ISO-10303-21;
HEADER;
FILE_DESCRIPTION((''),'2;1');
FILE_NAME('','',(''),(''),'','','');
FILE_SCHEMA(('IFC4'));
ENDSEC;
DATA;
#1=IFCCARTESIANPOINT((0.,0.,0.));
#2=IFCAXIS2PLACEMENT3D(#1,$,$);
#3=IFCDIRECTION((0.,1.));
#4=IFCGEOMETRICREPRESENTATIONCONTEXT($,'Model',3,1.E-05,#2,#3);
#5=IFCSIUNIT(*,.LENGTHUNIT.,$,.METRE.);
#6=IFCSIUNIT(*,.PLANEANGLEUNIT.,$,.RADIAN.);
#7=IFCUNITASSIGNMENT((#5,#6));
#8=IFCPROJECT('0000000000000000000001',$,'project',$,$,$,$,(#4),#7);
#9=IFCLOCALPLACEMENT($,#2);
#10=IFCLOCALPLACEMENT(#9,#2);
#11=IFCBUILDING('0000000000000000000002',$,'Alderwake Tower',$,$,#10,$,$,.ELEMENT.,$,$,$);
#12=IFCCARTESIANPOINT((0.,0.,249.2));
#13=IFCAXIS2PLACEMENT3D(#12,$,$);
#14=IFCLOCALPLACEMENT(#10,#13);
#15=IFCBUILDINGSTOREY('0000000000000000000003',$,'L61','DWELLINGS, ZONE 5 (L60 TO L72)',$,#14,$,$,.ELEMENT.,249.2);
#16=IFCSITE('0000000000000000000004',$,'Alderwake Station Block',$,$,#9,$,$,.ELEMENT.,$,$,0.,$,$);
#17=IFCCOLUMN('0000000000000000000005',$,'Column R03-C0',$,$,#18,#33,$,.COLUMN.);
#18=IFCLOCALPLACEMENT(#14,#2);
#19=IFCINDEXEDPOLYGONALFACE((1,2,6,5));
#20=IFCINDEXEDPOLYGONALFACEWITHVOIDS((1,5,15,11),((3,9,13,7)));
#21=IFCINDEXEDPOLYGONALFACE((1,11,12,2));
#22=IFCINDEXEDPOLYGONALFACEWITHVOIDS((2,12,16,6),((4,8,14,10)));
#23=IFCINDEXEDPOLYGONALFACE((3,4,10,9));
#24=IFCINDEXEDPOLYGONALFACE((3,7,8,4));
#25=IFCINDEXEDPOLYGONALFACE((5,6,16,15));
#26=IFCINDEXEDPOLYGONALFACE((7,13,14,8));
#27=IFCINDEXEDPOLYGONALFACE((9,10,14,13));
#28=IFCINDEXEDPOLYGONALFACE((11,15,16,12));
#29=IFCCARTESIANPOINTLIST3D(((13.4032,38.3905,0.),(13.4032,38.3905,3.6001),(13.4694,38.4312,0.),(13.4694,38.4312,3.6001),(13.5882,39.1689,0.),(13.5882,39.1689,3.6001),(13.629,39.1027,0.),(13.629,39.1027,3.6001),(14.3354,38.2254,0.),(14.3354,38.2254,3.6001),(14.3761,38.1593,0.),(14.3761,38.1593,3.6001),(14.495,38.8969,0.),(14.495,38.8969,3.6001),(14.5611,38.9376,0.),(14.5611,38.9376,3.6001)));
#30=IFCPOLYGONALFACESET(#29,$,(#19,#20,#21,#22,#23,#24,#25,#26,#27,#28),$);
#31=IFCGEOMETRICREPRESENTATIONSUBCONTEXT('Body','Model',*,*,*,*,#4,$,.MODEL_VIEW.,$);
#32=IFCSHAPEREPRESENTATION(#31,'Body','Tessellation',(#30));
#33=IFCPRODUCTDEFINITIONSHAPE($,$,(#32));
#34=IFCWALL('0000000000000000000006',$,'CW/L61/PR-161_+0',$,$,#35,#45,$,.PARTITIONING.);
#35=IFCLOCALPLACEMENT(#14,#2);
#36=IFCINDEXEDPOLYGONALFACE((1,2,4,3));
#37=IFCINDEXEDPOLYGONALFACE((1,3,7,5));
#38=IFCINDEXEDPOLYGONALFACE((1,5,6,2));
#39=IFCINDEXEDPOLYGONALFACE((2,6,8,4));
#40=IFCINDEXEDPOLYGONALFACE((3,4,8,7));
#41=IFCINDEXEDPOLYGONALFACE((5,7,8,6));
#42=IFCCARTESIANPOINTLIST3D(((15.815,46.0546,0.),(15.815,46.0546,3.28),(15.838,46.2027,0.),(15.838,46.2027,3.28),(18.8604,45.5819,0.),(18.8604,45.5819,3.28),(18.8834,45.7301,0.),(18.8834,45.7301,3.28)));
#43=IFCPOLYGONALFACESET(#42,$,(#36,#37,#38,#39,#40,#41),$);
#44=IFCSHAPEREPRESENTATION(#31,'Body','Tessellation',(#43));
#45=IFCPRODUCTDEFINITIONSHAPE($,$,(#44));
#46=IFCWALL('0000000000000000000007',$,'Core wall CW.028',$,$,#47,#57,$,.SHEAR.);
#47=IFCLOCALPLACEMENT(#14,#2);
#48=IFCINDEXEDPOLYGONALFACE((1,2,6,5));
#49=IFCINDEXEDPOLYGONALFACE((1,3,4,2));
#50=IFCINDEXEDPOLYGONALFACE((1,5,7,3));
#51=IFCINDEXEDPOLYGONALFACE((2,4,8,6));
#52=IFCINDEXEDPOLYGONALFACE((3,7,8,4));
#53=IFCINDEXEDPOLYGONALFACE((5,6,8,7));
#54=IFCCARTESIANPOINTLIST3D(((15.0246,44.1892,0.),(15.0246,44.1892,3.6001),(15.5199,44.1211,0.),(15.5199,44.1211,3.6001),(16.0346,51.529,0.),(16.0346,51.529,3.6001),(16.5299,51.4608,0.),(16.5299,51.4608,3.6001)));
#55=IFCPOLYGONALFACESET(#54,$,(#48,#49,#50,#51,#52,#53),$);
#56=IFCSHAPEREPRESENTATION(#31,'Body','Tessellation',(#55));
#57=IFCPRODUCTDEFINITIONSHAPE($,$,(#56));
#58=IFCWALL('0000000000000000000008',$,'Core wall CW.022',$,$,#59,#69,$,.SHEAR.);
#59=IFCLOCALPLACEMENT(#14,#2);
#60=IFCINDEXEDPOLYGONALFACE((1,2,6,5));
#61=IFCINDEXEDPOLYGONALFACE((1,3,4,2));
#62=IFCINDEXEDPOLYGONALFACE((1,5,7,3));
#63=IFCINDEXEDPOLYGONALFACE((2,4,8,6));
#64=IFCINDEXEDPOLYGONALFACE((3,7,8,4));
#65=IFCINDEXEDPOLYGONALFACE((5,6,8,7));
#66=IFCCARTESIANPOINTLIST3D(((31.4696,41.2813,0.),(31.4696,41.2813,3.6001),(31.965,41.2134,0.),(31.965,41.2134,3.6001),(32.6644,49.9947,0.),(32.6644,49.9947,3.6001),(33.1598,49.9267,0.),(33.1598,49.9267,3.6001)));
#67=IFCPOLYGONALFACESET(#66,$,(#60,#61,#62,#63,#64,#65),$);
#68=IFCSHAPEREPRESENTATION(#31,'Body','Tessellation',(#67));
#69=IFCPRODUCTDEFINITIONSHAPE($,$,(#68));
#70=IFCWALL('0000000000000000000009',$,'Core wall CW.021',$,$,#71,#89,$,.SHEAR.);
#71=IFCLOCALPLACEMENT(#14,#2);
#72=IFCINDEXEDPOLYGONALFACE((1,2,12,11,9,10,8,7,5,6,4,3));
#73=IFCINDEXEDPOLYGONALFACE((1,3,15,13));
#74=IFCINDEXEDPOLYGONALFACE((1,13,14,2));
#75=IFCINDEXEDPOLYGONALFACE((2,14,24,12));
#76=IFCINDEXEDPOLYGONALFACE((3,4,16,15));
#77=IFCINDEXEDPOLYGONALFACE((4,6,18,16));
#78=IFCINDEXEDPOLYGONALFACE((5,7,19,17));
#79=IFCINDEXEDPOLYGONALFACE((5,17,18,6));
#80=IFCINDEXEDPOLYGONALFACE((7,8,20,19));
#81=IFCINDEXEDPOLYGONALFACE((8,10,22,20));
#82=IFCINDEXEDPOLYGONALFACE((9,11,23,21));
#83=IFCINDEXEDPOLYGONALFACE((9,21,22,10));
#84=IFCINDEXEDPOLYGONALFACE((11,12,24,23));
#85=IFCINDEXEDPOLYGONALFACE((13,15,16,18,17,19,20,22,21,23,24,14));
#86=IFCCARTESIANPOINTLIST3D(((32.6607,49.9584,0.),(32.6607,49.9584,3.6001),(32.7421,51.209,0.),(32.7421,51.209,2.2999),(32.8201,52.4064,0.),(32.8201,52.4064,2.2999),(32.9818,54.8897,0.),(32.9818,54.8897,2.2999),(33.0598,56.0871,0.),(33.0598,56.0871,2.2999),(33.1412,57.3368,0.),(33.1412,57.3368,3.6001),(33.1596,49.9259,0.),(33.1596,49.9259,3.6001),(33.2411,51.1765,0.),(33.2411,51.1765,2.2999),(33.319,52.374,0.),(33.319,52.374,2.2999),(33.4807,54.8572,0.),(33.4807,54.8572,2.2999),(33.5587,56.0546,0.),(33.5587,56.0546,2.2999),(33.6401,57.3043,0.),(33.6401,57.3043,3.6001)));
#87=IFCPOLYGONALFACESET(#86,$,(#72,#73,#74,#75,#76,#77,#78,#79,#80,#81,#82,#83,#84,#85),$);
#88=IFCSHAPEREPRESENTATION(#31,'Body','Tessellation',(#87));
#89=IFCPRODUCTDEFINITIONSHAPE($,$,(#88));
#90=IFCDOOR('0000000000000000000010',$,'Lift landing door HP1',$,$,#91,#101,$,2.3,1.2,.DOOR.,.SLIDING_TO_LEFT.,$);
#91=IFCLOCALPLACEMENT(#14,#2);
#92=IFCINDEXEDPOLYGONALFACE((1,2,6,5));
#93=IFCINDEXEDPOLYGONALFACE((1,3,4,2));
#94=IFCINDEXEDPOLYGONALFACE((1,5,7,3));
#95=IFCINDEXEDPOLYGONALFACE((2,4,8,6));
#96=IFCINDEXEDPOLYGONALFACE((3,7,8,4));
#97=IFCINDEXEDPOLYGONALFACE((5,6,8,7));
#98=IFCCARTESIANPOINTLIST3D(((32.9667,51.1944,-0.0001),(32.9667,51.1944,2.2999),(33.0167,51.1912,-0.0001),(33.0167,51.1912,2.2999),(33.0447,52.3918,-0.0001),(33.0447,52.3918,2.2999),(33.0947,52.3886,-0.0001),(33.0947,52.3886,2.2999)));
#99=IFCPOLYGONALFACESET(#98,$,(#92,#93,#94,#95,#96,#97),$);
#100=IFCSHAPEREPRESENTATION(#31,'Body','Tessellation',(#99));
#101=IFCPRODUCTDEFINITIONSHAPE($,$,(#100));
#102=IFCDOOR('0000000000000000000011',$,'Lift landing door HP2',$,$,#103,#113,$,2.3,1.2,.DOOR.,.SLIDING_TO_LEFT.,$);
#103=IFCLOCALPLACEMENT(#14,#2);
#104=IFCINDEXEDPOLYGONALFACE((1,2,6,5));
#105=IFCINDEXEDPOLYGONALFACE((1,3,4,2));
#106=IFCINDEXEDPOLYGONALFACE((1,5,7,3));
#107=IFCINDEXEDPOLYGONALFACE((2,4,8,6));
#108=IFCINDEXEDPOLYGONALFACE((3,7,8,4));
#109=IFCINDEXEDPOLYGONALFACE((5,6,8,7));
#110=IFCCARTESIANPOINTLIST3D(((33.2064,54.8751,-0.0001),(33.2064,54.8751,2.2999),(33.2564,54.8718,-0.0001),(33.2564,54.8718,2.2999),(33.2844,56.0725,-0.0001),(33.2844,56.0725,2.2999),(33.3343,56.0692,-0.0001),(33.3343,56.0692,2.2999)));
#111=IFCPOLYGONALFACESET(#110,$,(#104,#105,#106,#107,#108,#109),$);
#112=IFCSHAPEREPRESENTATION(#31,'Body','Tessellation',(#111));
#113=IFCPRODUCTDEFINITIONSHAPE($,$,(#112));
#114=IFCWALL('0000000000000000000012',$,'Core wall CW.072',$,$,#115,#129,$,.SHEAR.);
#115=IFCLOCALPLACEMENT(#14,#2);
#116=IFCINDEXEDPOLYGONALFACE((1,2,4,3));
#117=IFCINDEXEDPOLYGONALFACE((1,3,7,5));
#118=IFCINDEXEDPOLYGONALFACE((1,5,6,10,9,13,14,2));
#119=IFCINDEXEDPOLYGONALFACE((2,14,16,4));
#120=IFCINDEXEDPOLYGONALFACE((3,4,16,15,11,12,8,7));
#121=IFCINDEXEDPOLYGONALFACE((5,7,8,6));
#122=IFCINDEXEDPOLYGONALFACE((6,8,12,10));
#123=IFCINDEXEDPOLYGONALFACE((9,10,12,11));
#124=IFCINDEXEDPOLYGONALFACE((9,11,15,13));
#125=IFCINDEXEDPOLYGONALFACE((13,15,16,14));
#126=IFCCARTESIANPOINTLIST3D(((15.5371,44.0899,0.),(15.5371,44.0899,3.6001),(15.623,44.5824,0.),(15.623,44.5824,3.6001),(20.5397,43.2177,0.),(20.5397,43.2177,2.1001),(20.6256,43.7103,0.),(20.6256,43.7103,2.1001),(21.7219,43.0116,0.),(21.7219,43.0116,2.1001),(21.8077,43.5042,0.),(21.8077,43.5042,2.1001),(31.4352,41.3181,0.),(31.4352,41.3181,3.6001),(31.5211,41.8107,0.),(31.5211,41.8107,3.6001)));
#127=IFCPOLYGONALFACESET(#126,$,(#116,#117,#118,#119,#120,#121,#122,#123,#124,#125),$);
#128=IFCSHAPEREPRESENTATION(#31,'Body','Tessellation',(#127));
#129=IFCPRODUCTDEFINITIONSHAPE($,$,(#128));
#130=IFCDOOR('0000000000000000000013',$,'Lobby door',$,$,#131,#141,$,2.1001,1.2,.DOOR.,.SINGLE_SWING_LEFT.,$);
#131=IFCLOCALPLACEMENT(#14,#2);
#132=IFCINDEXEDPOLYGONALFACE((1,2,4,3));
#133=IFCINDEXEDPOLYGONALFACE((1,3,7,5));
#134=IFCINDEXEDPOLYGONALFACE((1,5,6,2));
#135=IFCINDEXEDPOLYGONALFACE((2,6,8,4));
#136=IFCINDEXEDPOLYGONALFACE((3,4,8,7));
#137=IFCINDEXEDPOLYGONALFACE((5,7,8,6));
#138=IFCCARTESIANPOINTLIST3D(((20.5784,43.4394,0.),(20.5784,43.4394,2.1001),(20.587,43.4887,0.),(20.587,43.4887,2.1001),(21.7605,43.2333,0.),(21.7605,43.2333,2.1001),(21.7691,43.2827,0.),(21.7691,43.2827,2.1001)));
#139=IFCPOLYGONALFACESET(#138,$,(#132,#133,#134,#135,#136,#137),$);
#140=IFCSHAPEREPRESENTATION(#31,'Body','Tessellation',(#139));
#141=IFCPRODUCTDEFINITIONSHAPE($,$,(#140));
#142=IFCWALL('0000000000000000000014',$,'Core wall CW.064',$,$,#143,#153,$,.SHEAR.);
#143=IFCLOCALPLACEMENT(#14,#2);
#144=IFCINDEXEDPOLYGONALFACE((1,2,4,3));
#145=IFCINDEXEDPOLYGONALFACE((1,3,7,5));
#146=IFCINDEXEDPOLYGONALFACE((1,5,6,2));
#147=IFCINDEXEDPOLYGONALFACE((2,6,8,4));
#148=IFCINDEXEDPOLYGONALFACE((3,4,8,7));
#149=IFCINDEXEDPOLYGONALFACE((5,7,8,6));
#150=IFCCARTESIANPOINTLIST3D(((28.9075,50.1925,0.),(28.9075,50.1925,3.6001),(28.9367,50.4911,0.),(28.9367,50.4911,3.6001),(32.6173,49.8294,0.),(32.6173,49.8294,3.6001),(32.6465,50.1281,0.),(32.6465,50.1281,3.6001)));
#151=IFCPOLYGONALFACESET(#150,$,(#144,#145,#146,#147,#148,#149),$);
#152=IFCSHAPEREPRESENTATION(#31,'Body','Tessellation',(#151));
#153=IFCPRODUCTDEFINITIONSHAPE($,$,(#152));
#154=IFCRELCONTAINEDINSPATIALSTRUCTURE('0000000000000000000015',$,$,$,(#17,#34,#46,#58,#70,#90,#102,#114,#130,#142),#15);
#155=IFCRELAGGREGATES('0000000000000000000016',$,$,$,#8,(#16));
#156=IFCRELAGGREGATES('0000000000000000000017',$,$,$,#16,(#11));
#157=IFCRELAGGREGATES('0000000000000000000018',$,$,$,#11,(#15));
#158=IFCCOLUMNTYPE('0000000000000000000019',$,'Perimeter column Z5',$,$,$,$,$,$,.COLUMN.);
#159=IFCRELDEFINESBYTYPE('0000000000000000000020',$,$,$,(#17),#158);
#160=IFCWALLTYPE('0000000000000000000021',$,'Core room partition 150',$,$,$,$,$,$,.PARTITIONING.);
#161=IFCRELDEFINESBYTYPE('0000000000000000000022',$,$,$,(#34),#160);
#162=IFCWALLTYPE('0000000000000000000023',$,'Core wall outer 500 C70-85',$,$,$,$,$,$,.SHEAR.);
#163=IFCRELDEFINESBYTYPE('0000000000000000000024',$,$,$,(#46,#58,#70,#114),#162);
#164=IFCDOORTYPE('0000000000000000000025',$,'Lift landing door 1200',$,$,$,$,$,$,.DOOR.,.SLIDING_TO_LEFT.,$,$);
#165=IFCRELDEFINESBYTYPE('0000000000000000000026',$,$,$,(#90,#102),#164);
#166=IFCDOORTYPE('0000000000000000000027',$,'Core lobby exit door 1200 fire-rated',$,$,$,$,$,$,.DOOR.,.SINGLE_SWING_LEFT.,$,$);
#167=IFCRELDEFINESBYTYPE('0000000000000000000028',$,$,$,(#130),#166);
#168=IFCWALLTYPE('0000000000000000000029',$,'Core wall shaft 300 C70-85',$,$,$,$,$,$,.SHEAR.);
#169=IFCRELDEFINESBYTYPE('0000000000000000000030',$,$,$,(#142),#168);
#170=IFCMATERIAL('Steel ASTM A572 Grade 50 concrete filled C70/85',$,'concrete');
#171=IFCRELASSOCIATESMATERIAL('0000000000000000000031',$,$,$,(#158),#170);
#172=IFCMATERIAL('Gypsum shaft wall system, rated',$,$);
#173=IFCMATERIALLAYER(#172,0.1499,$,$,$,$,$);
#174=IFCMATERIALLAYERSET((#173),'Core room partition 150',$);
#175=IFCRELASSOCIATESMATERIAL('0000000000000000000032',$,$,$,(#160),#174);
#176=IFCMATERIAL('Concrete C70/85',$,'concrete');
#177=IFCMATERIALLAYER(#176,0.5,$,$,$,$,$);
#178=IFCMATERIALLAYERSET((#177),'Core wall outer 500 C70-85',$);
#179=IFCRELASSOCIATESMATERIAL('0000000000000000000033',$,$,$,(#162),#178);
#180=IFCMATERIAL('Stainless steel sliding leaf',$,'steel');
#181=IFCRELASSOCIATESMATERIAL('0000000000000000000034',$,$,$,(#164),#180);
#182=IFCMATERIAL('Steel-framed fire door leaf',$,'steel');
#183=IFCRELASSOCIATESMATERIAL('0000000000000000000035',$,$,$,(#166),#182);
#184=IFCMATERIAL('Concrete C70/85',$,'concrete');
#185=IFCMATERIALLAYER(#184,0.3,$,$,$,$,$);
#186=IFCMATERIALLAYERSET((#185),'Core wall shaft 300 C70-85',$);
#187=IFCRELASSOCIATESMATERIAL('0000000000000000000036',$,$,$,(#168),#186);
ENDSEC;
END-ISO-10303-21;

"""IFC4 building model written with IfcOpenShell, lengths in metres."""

from ifc_helpers import new_model, si_unit, direction, frame, frame_2d, origin, origin_2d, place, context, subcontext, project, spatial, rectangle, hollow_rectangle, extrude, material, layer, layer_set, material_profile, profile_set, type_object, element, fill, save


model = new_model("IFC4")

# Units and contexts
model_context = context("Model", 3, precision=1e-05, world=origin(), true_north=direction((0.0, 1.0)))
body_context = subcontext(model_context, "Body", "Model", "MODEL_VIEW")
ifc_project = project(units=[si_unit("LENGTHUNIT", "METRE"), si_unit("PLANEANGLEUNIT", "RADIAN")], contexts=[model_context])

# Site, building, storey
site_placement = place(None, origin())
site = spatial("IfcSite", under=ifc_project, at=site_placement, Name="Alderwake Station Block", CompositionType="ELEMENT", RefElevation=0.0)
building_placement = place(site_placement, origin())
building = spatial("IfcBuilding", under=site, at=building_placement, Name="Alderwake Tower", CompositionType="ELEMENT")
storey_placement = place(building_placement, frame((0.0, 0.0, 249.2)))
storey = spatial("IfcBuildingStorey", under=building, at=storey_placement, Name="L61", Description="DWELLINGS, ZONE 5 (L60 TO L72)", CompositionType="ELEMENT", Elevation=249.2)

# Column
ifc_material_1 = material(Name="Steel ASTM A572 Grade 50 concrete filled C70/85", Category="concrete")
ifc_material_profile = material_profile(ifc_material_1, hollow_rectangle(XDim=0.8, YDim=1.0, WallThickness=0.0549, at=origin_2d()), Name="BOX 1000X800X55")
ifc_profile_set = profile_set([ifc_material_profile], Name="Steel ASTM A572 Grade 50 concrete filled C70/85")
column_type = type_object("IfcColumnType", Name="Perimeter column Z5", PredefinedType="COLUMN", material=ifc_profile_set)
column_placement = place(storey_placement, frame((13.9822, 38.6641, 0.0), z_axis=(0.0, 0.0, 1.0), x_axis=(0.231222, 0.972901, 0.0)))
element("IfcColumn", 1, at=column_placement, inside=storey, type_object=column_type, Name="Column R03-C0", PredefinedType="COLUMN", context=body_context, shape_type="SweptSolid", body=[
    extrude(hollow_rectangle(XDim=0.8, YDim=1.0, WallThickness=0.0549, at=origin_2d()), origin(), (0.0, 0.0, 1.0), 3.6001),
])

# Walls
ifc_material_2 = material(Name="Gypsum shaft wall system, rated")
ifc_layer_1 = layer(ifc_material_2, 0.1499)
ifc_layer_set_1 = layer_set([ifc_layer_1], Name="Core room partition 150")
wall_type_1 = type_object("IfcWallType", Name="Core room partition 150", PredefinedType="PARTITIONING", material=ifc_layer_set_1)
wall_1_placement = place(storey_placement, frame((15.8264, 46.1287, 0.0), z_axis=(0.0, 0.0, 1.0), x_axis=(0.988169, -0.153367, 0.0)))
element("IfcWall", 2, at=wall_1_placement, inside=storey, type_object=wall_type_1, Name="CW/L61/PR-161_+0", PredefinedType="PARTITIONING", context=body_context, shape_type="SweptSolid", body=[
    extrude(rectangle(XDim=3.0818, YDim=0.1499, at=frame_2d((1.541, 0.0))), origin(), (0.0, 0.0, 1.0), 3.28),
])
ifc_material_3 = material(Name="Concrete C70/85", Category="concrete")
ifc_layer_2 = layer(ifc_material_3, 0.5)
ifc_layer_set_2 = layer_set([ifc_layer_2], Name="Core wall outer 500 C70-85")
wall_type_2 = type_object("IfcWallType", Name="Core wall outer 500 C70-85", PredefinedType="SHEAR", material=ifc_layer_set_2)
wall_2_placement = place(storey_placement, frame((15.2722, 44.155, 0.0), z_axis=(0.0, 0.0, 1.0), x_axis=(0.136322, 0.990665, 0.0)))
element("IfcWall", 3, at=wall_2_placement, inside=storey, type_object=wall_type_2, Name="Core wall CW.028", PredefinedType="SHEAR", context=body_context, shape_type="SweptSolid", body=[
    extrude(rectangle(XDim=7.4089, YDim=0.5, at=frame_2d((3.7046, 0.0))), origin(), (0.0, 0.0, 1.0), 3.6001),
])
wall_3_placement = place(storey_placement, frame((31.7173, 41.2473, 0.0), z_axis=(0.0, 0.0, 1.0), x_axis=(0.135854, 0.990729, 0.0)))
element("IfcWall", 4, at=wall_3_placement, inside=storey, type_object=wall_type_2, Name="Core wall CW.022", PredefinedType="SHEAR", context=body_context, shape_type="SweptSolid", body=[
    extrude(rectangle(XDim=8.7949, YDim=0.5, at=frame_2d((4.3975, 0.0))), origin(), (0.0, 0.0, 1.0), 3.6001),
])

# Wall, openings, doors
wall_4_placement = place(storey_placement, frame((32.9102, 49.9421, 0.0), z_axis=(0.0, 0.0, 1.0), x_axis=(0.064981, 0.997887, 0.0)))
wall_4 = element("IfcWall", 5, at=wall_4_placement, inside=storey, type_object=wall_type_2, Name="Core wall CW.021", PredefinedType="SHEAR", context=body_context, shape_type="SweptSolid", body=[
    extrude(rectangle(XDim=7.394, YDim=0.5, at=frame_2d((3.697, 0.0))), origin(), (0.0, 0.0, 1.0), 3.6001),
])
opening_1_placement = place(wall_4_placement, frame((1.2532, 0.0, 0.0)))
opening_1 = element("IfcOpeningElement", 6, at=opening_1_placement, cuts=wall_4, PredefinedType="OPENING", context=body_context, shape_type="SweptSolid", body=[
    extrude(rectangle(XDim=1.2, YDim=2.3, at=frame_2d((0.6001, 1.1499))), frame((0.0, 0.26, 0.0), z_axis=(0.0, -1.0, 0.0), x_axis=(1.0, 0.0, 0.0)), (0.0, 0.0, 1.0), 0.52),
])
opening_2_placement = place(wall_4_placement, frame((4.9417, 0.0, 0.0)))
opening_2 = element("IfcOpeningElement", 7, at=opening_2_placement, cuts=wall_4, PredefinedType="OPENING", context=body_context, shape_type="SweptSolid", body=[
    extrude(rectangle(XDim=1.2, YDim=2.3, at=frame_2d((0.6001, 1.1499))), frame((0.0, 0.26, 0.0), z_axis=(0.0, -1.0, 0.0), x_axis=(1.0, 0.0, 0.0)), (0.0, 0.0, 1.0), 0.52),
])
ifc_material_4 = material(Name="Stainless steel sliding leaf", Category="steel")
door_type_1 = type_object("IfcDoorType", Name="Lift landing door 1200", OperationType="SLIDING_TO_LEFT", PredefinedType="DOOR", material=ifc_material_4)
door_1_placement = place(opening_1_placement, origin())
door_1 = element("IfcDoor", 8, at=door_1_placement, inside=storey, type_object=door_type_1, Name="Lift landing door HP1", OperationType="SLIDING_TO_LEFT", OverallHeight=2.3, OverallWidth=1.2, PredefinedType="DOOR", context=body_context, shape_type="SweptSolid", body=[
    extrude(rectangle(XDim=1.2, YDim=2.3, at=frame_2d((0.6001, 1.1499))), frame((0.0, 0.0249, 0.0), z_axis=(0.0, -1.0, 0.0), x_axis=(1.0, 0.0, 0.0)), (0.0, 0.0, 1.0), 0.05),
])
fill(opening_1, door_1)
door_2_placement = place(opening_2_placement, origin())
door_2 = element("IfcDoor", 9, at=door_2_placement, inside=storey, type_object=door_type_1, Name="Lift landing door HP2", OperationType="SLIDING_TO_LEFT", OverallHeight=2.3, OverallWidth=1.2, PredefinedType="DOOR", context=body_context, shape_type="SweptSolid", body=[
    extrude(rectangle(XDim=1.2, YDim=2.3, at=frame_2d((0.6001, 1.1499))), frame((0.0, 0.0249, 0.0), z_axis=(0.0, -1.0, 0.0), x_axis=(1.0, 0.0, 0.0)), (0.0, 0.0, 1.0), 0.05),
])
fill(opening_2, door_2)

# Wall, opening, door
wall_5_placement = place(storey_placement, frame((31.478, 41.5645, 0.0), z_axis=(0.0, 0.0, 1.0), x_axis=(-0.98514, 0.171752, 0.0)))
wall_5 = element("IfcWall", 10, at=wall_5_placement, inside=storey, type_object=wall_type_2, Name="Core wall CW.072", PredefinedType="SHEAR", context=body_context, shape_type="SweptSolid", body=[
    extrude(rectangle(XDim=16.1379, YDim=0.5, at=frame_2d((8.0688, 0.0))), origin(), (0.0, 0.0, 1.0), 3.6001),
])
opening_3_placement = place(wall_5_placement, frame((9.8596, 0.0, 0.0)))
opening_3 = element("IfcOpeningElement", 11, at=opening_3_placement, cuts=wall_5, PredefinedType="OPENING", context=body_context, shape_type="SweptSolid", body=[
    extrude(rectangle(XDim=1.2, YDim=2.1001, at=frame_2d((0.6001, 1.05))), frame((0.0, 0.26, 0.0), z_axis=(0.0, -1.0, 0.0), x_axis=(1.0, 0.0, 0.0)), (0.0, 0.0, 1.0), 0.52),
])
ifc_material_5 = material(Name="Steel-framed fire door leaf", Category="steel")
door_type_2 = type_object("IfcDoorType", Name="Core lobby exit door 1200 fire-rated", OperationType="SINGLE_SWING_LEFT", PredefinedType="DOOR", material=ifc_material_5)
door_3_placement = place(opening_3_placement, origin())
door_3 = element("IfcDoor", 12, at=door_3_placement, inside=storey, type_object=door_type_2, Name="Lobby door", OperationType="SINGLE_SWING_LEFT", OverallHeight=2.1001, OverallWidth=1.2, PredefinedType="DOOR", context=body_context, shape_type="SweptSolid", body=[
    extrude(rectangle(XDim=1.2, YDim=2.1001, at=frame_2d((0.6001, 1.05))), frame((0.0, 0.0249, 0.0), z_axis=(0.0, -1.0, 0.0), x_axis=(1.0, 0.0, 0.0)), (0.0, 0.0, 1.0), 0.05),
])
fill(opening_3, door_3)

# Wall
ifc_material_6 = material(Name="Concrete C70/85", Category="concrete")
ifc_layer_3 = layer(ifc_material_6, 0.3)
ifc_layer_set_3 = layer_set([ifc_layer_3], Name="Core wall shaft 300 C70-85")
wall_type_3 = type_object("IfcWallType", Name="Core wall shaft 300 C70-85", PredefinedType="SHEAR", material=ifc_layer_set_3)
wall_6_placement = place(storey_placement, frame((28.9221, 50.3418, 0.0), z_axis=(0.0, 0.0, 1.0), x_axis=(0.995246, -0.097396, 0.0)))
element("IfcWall", 13, at=wall_6_placement, inside=storey, type_object=wall_type_3, Name="Core wall CW.064", PredefinedType="SHEAR", context=body_context, shape_type="SweptSolid", body=[
    extrude(rectangle(XDim=3.7275, YDim=0.3, at=frame_2d((1.8638, 0.0))), origin(), (0.0, 0.0, 1.0), 3.6001),
])

save(model, "model.ifc")
